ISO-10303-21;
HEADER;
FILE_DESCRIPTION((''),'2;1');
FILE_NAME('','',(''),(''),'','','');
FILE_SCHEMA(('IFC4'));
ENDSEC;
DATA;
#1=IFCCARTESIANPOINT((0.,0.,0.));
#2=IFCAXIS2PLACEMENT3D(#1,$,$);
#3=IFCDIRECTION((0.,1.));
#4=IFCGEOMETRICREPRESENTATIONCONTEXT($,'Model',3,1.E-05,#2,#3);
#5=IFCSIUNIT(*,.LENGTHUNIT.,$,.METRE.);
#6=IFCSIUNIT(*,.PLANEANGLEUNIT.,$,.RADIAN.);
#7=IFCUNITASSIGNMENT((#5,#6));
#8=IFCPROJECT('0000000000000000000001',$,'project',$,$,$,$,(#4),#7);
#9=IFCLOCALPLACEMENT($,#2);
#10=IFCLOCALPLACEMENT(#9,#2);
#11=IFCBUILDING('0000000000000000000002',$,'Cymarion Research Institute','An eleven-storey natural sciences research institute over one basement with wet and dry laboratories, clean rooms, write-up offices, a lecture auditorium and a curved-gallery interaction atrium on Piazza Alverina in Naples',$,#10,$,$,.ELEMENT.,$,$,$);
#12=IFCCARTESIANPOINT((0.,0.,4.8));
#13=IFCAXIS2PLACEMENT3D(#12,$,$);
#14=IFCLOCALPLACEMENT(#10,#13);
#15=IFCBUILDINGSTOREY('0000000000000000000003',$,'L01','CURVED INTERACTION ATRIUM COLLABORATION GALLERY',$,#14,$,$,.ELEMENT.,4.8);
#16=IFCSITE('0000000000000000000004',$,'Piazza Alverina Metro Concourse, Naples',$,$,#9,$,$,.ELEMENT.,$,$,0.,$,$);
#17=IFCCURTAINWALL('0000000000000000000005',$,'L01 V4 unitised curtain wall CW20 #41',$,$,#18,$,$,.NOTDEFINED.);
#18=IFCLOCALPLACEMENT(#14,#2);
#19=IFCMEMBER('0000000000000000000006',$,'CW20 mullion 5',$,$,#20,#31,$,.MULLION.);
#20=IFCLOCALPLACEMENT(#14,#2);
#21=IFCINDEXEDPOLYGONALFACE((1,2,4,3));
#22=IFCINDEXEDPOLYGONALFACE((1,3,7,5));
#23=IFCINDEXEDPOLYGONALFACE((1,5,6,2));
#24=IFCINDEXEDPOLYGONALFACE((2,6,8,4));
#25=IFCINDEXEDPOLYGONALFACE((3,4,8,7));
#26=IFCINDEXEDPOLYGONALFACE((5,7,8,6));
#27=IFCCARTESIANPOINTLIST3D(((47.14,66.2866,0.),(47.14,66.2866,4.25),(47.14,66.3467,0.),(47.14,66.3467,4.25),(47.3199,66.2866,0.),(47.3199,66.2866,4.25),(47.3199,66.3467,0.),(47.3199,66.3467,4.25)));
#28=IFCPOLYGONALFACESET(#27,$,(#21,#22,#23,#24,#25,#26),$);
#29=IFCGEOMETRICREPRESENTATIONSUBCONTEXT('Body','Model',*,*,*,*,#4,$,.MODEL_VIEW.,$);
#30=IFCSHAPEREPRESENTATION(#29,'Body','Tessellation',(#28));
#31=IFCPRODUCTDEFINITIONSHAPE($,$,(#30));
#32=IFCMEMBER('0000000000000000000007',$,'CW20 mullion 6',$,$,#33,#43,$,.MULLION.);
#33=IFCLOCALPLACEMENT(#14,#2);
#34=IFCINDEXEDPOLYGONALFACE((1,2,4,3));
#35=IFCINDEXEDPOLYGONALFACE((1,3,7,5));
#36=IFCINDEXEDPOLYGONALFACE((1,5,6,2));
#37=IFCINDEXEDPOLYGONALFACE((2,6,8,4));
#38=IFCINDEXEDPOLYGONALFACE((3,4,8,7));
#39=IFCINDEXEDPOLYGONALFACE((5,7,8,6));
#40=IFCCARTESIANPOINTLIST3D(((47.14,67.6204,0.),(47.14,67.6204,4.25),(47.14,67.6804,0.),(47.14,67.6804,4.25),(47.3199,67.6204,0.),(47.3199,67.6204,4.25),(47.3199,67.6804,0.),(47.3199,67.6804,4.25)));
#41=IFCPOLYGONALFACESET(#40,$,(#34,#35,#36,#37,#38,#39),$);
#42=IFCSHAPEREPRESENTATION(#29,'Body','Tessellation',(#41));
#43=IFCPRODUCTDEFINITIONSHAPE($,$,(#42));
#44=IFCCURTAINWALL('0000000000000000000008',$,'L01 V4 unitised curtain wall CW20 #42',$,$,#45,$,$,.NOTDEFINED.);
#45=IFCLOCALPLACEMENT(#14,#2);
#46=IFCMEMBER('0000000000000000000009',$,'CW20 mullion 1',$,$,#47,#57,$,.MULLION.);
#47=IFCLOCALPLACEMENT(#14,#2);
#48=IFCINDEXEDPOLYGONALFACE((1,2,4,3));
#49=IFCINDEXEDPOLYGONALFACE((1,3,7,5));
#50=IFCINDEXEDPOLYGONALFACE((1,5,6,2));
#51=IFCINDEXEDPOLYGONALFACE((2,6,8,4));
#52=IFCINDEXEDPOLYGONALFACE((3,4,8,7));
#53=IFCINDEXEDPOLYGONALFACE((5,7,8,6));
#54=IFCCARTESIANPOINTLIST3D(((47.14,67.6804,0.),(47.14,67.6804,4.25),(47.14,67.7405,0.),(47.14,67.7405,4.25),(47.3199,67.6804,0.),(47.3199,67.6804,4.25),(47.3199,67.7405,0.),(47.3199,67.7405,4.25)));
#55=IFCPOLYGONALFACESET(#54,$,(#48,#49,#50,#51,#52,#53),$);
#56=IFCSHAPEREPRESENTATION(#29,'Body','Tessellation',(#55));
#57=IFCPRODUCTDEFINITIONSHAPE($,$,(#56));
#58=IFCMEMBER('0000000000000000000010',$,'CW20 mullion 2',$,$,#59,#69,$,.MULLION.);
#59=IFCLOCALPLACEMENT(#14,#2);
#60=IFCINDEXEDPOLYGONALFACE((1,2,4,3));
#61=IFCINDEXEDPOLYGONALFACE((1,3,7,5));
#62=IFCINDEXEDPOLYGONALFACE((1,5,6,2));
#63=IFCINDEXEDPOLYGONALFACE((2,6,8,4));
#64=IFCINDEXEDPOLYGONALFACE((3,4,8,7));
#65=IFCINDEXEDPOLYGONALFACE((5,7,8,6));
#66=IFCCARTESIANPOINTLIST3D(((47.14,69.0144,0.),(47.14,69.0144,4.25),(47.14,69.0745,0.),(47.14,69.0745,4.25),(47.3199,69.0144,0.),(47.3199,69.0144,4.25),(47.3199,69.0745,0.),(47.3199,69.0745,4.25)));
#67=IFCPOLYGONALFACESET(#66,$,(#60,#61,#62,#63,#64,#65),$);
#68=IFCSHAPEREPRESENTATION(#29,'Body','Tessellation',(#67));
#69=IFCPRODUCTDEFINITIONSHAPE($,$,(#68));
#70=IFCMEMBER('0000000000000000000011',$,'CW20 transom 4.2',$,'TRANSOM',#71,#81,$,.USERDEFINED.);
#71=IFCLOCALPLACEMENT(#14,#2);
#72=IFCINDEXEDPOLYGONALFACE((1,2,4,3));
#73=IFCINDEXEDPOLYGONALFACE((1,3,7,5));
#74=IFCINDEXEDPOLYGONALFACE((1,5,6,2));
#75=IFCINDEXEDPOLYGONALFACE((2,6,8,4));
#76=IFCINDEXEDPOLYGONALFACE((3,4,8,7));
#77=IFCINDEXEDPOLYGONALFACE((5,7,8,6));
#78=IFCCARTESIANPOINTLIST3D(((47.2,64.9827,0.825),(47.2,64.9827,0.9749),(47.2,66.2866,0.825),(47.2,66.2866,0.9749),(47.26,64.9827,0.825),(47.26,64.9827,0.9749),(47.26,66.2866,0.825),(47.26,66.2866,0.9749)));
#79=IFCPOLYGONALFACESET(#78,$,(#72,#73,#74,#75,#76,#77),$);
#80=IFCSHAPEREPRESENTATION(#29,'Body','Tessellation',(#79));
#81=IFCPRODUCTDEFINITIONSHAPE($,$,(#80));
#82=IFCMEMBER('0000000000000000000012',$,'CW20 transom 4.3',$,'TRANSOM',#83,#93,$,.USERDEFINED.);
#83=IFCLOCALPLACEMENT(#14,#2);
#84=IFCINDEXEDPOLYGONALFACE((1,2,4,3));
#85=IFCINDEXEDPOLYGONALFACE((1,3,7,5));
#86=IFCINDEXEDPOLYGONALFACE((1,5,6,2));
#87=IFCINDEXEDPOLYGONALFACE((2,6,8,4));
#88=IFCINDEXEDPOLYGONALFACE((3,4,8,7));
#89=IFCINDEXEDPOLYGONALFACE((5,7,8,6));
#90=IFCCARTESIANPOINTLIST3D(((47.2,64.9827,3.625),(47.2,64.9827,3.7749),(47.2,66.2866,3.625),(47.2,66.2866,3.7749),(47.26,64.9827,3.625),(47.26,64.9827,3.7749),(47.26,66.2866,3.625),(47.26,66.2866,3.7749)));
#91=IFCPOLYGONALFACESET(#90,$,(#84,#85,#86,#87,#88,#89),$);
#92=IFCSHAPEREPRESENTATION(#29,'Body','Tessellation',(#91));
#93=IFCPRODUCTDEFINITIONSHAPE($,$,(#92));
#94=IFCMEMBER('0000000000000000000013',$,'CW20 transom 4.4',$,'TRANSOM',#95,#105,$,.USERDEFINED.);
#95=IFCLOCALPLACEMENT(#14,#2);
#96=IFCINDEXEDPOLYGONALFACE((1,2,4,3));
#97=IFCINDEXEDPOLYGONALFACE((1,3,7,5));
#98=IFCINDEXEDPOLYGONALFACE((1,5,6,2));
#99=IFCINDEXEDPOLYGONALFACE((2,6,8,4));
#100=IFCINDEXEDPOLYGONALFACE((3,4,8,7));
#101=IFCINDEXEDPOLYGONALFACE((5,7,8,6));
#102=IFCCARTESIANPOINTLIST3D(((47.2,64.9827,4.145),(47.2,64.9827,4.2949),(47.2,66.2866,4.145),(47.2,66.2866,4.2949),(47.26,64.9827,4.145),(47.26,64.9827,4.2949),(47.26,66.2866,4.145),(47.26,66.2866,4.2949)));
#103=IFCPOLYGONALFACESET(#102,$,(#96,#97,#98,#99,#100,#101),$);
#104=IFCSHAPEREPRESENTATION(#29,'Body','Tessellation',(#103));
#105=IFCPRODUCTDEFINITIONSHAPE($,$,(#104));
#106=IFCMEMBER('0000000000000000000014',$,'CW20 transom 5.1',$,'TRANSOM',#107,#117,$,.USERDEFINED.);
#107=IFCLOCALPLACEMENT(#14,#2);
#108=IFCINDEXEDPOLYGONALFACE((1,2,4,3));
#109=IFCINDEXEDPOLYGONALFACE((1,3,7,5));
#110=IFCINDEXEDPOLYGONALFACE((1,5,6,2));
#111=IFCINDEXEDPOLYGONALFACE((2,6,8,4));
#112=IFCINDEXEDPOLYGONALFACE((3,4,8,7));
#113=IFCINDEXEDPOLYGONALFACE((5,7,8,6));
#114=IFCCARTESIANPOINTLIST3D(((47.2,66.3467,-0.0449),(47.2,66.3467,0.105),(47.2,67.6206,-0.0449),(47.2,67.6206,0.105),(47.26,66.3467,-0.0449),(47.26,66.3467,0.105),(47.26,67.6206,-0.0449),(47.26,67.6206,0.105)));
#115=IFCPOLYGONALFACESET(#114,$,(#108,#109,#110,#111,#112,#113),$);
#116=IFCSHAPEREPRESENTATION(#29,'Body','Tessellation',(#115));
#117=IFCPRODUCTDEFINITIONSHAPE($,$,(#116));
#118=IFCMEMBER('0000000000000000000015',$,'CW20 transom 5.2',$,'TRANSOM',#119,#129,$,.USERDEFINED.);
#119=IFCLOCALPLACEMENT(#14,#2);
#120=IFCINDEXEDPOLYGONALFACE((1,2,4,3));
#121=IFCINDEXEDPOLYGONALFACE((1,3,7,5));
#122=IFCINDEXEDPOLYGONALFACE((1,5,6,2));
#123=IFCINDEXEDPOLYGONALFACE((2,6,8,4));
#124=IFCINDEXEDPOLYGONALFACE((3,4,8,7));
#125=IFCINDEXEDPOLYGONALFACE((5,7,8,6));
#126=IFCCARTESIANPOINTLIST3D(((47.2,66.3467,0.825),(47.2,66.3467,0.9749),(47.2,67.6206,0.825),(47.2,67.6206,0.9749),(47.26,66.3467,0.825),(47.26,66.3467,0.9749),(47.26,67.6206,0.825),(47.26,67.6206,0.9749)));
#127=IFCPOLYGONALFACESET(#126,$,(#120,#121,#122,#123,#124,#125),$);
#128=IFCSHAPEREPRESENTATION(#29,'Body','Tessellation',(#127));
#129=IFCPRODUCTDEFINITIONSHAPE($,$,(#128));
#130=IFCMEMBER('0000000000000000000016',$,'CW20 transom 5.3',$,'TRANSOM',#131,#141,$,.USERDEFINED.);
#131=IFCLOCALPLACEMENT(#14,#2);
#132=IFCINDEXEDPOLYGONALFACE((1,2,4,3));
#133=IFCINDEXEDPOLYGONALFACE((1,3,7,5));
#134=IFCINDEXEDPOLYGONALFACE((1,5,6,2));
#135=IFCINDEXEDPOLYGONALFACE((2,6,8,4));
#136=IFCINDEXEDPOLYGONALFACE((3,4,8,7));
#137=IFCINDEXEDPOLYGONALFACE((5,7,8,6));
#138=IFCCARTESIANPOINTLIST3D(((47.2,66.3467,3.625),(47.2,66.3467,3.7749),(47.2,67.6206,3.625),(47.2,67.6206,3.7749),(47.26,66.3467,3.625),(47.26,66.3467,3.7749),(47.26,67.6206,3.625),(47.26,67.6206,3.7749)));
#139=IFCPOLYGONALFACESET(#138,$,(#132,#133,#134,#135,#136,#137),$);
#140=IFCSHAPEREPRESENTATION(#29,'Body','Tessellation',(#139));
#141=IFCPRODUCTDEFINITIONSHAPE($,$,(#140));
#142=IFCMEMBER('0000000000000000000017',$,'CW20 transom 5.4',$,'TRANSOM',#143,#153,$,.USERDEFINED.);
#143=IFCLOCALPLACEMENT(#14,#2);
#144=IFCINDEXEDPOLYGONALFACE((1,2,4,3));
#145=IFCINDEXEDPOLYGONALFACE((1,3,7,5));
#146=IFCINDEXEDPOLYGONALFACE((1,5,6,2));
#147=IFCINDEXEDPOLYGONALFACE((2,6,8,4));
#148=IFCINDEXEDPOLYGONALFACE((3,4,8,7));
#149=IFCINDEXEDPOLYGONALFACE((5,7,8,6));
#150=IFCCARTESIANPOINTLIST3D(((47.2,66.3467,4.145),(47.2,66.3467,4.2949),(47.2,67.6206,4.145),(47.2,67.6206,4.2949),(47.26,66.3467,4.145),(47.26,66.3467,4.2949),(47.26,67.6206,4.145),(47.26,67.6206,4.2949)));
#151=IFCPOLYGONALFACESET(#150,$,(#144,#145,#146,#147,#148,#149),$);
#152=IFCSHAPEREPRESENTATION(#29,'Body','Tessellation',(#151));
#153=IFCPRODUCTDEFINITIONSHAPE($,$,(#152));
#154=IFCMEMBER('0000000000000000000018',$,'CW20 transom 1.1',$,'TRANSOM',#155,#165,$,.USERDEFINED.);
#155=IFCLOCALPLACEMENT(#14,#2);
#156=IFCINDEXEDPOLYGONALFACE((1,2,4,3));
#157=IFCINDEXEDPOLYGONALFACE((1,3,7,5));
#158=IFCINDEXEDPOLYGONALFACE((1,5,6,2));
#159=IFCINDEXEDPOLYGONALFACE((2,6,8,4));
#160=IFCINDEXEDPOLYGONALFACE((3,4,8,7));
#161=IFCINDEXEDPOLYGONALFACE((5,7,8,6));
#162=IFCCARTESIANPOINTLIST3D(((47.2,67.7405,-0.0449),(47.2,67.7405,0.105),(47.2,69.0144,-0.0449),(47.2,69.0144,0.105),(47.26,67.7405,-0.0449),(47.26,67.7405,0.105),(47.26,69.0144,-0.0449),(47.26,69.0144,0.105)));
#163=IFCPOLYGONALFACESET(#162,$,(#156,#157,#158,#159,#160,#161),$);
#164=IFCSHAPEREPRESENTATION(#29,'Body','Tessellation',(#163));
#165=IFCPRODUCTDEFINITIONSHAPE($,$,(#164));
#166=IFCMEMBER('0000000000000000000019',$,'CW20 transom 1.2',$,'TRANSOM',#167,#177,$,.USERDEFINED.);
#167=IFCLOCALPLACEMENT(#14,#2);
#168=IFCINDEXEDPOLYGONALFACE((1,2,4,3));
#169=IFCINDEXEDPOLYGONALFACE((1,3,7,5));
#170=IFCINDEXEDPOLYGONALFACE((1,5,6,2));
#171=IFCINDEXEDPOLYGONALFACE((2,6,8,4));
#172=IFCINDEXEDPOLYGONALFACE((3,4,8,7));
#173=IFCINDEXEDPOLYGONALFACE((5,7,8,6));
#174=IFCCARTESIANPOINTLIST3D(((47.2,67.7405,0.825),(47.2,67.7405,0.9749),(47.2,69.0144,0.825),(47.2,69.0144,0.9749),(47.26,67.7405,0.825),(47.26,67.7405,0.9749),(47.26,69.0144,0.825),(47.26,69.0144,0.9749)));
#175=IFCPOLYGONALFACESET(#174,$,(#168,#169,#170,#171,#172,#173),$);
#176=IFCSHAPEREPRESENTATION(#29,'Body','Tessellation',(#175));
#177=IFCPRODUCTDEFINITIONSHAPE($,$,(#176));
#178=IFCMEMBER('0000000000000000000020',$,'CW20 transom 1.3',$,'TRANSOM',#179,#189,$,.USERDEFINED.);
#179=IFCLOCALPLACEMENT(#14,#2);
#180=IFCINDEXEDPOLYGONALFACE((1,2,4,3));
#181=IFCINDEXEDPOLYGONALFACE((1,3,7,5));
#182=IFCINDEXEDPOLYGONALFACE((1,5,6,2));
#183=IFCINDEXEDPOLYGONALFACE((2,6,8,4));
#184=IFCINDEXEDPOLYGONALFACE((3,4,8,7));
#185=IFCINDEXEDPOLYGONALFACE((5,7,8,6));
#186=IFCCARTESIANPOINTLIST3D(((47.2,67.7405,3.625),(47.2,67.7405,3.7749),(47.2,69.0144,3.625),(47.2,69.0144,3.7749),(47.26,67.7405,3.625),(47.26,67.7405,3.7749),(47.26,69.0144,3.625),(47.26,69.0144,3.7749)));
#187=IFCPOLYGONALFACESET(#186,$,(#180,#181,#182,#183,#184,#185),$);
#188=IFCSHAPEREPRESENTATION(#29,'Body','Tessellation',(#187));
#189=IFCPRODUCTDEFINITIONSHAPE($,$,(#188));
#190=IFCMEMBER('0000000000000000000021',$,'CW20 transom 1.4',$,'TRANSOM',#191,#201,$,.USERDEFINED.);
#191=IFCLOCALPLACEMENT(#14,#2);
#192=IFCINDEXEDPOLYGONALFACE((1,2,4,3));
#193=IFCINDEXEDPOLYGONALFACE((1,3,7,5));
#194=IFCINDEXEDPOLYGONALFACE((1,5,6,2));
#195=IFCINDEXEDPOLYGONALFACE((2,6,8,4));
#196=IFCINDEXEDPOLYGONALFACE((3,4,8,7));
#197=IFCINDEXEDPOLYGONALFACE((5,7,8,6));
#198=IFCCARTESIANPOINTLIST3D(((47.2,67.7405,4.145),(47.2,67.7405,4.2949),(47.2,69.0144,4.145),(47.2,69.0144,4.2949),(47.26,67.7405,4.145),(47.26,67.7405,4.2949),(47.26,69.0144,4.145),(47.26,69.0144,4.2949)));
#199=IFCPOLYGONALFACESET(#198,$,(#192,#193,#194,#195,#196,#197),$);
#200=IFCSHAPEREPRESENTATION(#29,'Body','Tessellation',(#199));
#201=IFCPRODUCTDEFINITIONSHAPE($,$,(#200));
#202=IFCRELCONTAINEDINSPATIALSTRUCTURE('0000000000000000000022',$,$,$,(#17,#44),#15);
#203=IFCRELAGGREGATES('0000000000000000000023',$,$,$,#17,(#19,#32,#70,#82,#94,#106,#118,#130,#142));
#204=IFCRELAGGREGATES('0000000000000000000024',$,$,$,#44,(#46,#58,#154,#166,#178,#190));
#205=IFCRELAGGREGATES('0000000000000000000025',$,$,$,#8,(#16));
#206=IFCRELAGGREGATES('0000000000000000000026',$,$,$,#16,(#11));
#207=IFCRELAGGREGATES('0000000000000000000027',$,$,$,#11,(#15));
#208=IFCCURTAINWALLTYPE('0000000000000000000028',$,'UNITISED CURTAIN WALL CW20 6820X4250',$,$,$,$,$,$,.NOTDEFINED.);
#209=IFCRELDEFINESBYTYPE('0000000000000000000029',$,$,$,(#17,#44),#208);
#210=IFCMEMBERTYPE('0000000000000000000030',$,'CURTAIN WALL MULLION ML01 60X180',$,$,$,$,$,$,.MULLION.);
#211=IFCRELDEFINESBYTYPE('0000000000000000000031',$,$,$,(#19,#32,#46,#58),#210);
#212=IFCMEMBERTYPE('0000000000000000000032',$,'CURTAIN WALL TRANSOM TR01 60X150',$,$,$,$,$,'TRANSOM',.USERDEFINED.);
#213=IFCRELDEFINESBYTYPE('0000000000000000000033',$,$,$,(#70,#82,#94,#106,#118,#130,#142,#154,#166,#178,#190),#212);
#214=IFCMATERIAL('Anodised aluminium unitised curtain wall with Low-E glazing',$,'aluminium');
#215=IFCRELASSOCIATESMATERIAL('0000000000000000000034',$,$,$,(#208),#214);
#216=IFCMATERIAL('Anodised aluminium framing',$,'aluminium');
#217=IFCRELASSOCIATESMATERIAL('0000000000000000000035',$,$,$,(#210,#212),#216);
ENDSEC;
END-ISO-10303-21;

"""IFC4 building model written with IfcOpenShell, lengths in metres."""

from ifc_helpers import new_model, si_unit, direction, frame, origin, origin_2d, place, context, subcontext, project, spatial, rectangle, extrude, material, material_profile, profile_set, type_object, element, aggregate, save


model = new_model("IFC4")

# Units and contexts
model_context = context("Model", 3, precision=1e-05, world=origin(), true_north=direction((0.0, 1.0)))
body_context = subcontext(model_context, "Body", "Model", "MODEL_VIEW")
ifc_project = project(units=[si_unit("LENGTHUNIT", "METRE"), si_unit("PLANEANGLEUNIT", "RADIAN")], contexts=[model_context])

# Site, building, storey
site_placement = place(None, origin())
site = spatial("IfcSite", under=ifc_project, at=site_placement, Name="Piazza Alverina Metro Concourse, Naples", CompositionType="ELEMENT", RefElevation=0.0)
building_placement = place(site_placement, origin())
building = spatial("IfcBuilding", under=site, at=building_placement, Name="Cymarion Research Institute", Description="An eleven-storey natural sciences research institute over one basement with wet and dry laboratories, clean rooms, write-up offices, a lecture auditorium and a curved-gallery interaction atrium on Piazza Alverina in Naples", CompositionType="ELEMENT")
storey_placement = place(building_placement, frame((0.0, 0.0, 4.8)))
storey = spatial("IfcBuildingStorey", under=building, at=storey_placement, Name="L01", Description="CURVED INTERACTION ATRIUM COLLABORATION GALLERY", CompositionType="ELEMENT", Elevation=4.8)

# Curtain walls, members
ifc_material_1 = material(Name="Anodised aluminium unitised curtain wall with Low-E glazing", Category="aluminium")
curtain_wall_type = type_object("IfcCurtainWallType", Name="UNITISED CURTAIN WALL CW20 6820X4250", PredefinedType="NOTDEFINED", material=ifc_material_1)
curtain_wall_1_placement = place(storey_placement, origin())
curtain_wall_1 = element("IfcCurtainWall", 1, at=curtain_wall_1_placement, inside=storey, type_object=curtain_wall_type, Name="L01 V4 unitised curtain wall CW20 #41", PredefinedType="NOTDEFINED")
ifc_material_2 = material(Name="Anodised aluminium framing", Category="aluminium")
ifc_material_profile_1 = material_profile(ifc_material_2, rectangle(XDim=0.0601, YDim=0.1799, at=origin_2d()), Name="ALU MULLION 60x180")
ifc_profile_set_1 = profile_set([ifc_material_profile_1], Name="Anodised aluminium framing")
member_type_1 = type_object("IfcMemberType", Name="CURTAIN WALL MULLION ML01 60X180", PredefinedType="MULLION", material=ifc_profile_set_1)
member_1_placement = place(storey_placement, frame((47.23, 66.3167, 0.0), z_axis=(0.0, 0.0, 1.0), x_axis=(0.0, 1.0, 0.0)))
member_1 = element("IfcMember", 2, at=member_1_placement, type_object=member_type_1, Name="CW20 mullion 5", PredefinedType="MULLION", context=body_context, shape_type="SweptSolid", body=[
    extrude(rectangle(XDim=0.0601, YDim=0.1799, at=origin_2d()), origin(), (0.0, 0.0, 1.0), 4.25),
])
member_2_placement = place(storey_placement, frame((47.23, 67.6504, 0.0), z_axis=(0.0, 0.0, 1.0), x_axis=(0.0, 1.0, 0.0)))
member_2 = element("IfcMember", 3, at=member_2_placement, type_object=member_type_1, Name="CW20 mullion 6", PredefinedType="MULLION", context=body_context, shape_type="SweptSolid", body=[
    extrude(rectangle(XDim=0.0601, YDim=0.1799, at=origin_2d()), origin(), (0.0, 0.0, 1.0), 4.25),
])
curtain_wall_2_placement = place(storey_placement, origin())
curtain_wall_2 = element("IfcCurtainWall", 4, at=curtain_wall_2_placement, inside=storey, type_object=curtain_wall_type, Name="L01 V4 unitised curtain wall CW20 #42", PredefinedType="NOTDEFINED")
member_3_placement = place(storey_placement, frame((47.23, 67.7104, 0.0), z_axis=(0.0, 0.0, 1.0), x_axis=(0.0, 1.0, 0.0)))
member_3 = element("IfcMember", 5, at=member_3_placement, type_object=member_type_1, Name="CW20 mullion 1", PredefinedType="MULLION", context=body_context, shape_type="SweptSolid", body=[
    extrude(rectangle(XDim=0.0601, YDim=0.1799, at=origin_2d()), origin(), (0.0, 0.0, 1.0), 4.25),
])
member_4_placement = place(storey_placement, frame((47.23, 69.0444, 0.0), z_axis=(0.0, 0.0, 1.0), x_axis=(0.0, 1.0, 0.0)))
member_4 = element("IfcMember", 6, at=member_4_placement, type_object=member_type_1, Name="CW20 mullion 2", PredefinedType="MULLION", context=body_context, shape_type="SweptSolid", body=[
    extrude(rectangle(XDim=0.0601, YDim=0.1799, at=origin_2d()), origin(), (0.0, 0.0, 1.0), 4.25),
])

# Members
ifc_material_profile_2 = material_profile(ifc_material_2, rectangle(XDim=0.0601, YDim=0.1499, at=origin_2d()), Name="ALU TRANSOM 60x150")
ifc_profile_set_2 = profile_set([ifc_material_profile_2], Name="Anodised aluminium framing")
member_type_2 = type_object("IfcMemberType", Name="CURTAIN WALL TRANSOM TR01 60X150", ElementType="TRANSOM", PredefinedType="USERDEFINED", material=ifc_profile_set_2)
member_5_placement = place(storey_placement, frame((47.23, 64.9827, 0.8999), z_axis=(0.0, 1.0, 0.0), x_axis=(-1.0, 0.0, 0.0)))
member_5 = element("IfcMember", 7, at=member_5_placement, type_object=member_type_2, Name="CW20 transom 4.2", ObjectType="TRANSOM", PredefinedType="USERDEFINED", context=body_context, shape_type="SweptSolid", body=[
    extrude(rectangle(XDim=0.0601, YDim=0.1499, at=origin_2d()), origin(), (0.0, 0.0, 1.0), 1.304),
])
member_6_placement = place(storey_placement, frame((47.23, 64.9827, 3.7), z_axis=(0.0, 1.0, 0.0), x_axis=(-1.0, 0.0, 0.0)))
member_6 = element("IfcMember", 8, at=member_6_placement, type_object=member_type_2, Name="CW20 transom 4.3", ObjectType="TRANSOM", PredefinedType="USERDEFINED", context=body_context, shape_type="SweptSolid", body=[
    extrude(rectangle(XDim=0.0601, YDim=0.1499, at=origin_2d()), origin(), (0.0, 0.0, 1.0), 1.304),
])
member_7_placement = place(storey_placement, frame((47.23, 64.9827, 4.22), z_axis=(0.0, 1.0, 0.0), x_axis=(-1.0, 0.0, 0.0)))
member_7 = element("IfcMember", 9, at=member_7_placement, type_object=member_type_2, Name="CW20 transom 4.4", ObjectType="TRANSOM", PredefinedType="USERDEFINED", context=body_context, shape_type="SweptSolid", body=[
    extrude(rectangle(XDim=0.0601, YDim=0.1499, at=origin_2d()), origin(), (0.0, 0.0, 1.0), 1.304),
])
member_8_placement = place(storey_placement, frame((47.23, 66.3467, 0.03), z_axis=(0.0, 1.0, 0.0), x_axis=(-1.0, 0.0, 0.0)))
member_8 = element("IfcMember", 10, at=member_8_placement, type_object=member_type_2, Name="CW20 transom 5.1", ObjectType="TRANSOM", PredefinedType="USERDEFINED", context=body_context, shape_type="SweptSolid", body=[
    extrude(rectangle(XDim=0.0601, YDim=0.1499, at=origin_2d()), origin(), (0.0, 0.0, 1.0), 1.2739),
])
member_9_placement = place(storey_placement, frame((47.23, 66.3467, 0.8999), z_axis=(0.0, 1.0, 0.0), x_axis=(-1.0, 0.0, 0.0)))
member_9 = element("IfcMember", 11, at=member_9_placement, type_object=member_type_2, Name="CW20 transom 5.2", ObjectType="TRANSOM", PredefinedType="USERDEFINED", context=body_context, shape_type="SweptSolid", body=[
    extrude(rectangle(XDim=0.0601, YDim=0.1499, at=origin_2d()), origin(), (0.0, 0.0, 1.0), 1.2739),
])
member_10_placement = place(storey_placement, frame((47.23, 66.3467, 3.7), z_axis=(0.0, 1.0, 0.0), x_axis=(-1.0, 0.0, 0.0)))
member_10 = element("IfcMember", 12, at=member_10_placement, type_object=member_type_2, Name="CW20 transom 5.3", ObjectType="TRANSOM", PredefinedType="USERDEFINED", context=body_context, shape_type="SweptSolid", body=[
    extrude(rectangle(XDim=0.0601, YDim=0.1499, at=origin_2d()), origin(), (0.0, 0.0, 1.0), 1.2739),
])
member_11_placement = place(storey_placement, frame((47.23, 66.3467, 4.22), z_axis=(0.0, 1.0, 0.0), x_axis=(-1.0, 0.0, 0.0)))
member_11 = element("IfcMember", 13, at=member_11_placement, type_object=member_type_2, Name="CW20 transom 5.4", ObjectType="TRANSOM", PredefinedType="USERDEFINED", context=body_context, shape_type="SweptSolid", body=[
    extrude(rectangle(XDim=0.0601, YDim=0.1499, at=origin_2d()), origin(), (0.0, 0.0, 1.0), 1.2739),
])
member_12_placement = place(storey_placement, frame((47.23, 67.7405, 0.03), z_axis=(0.0, 1.0, 0.0), x_axis=(-1.0, 0.0, 0.0)))
member_12 = element("IfcMember", 14, at=member_12_placement, type_object=member_type_2, Name="CW20 transom 1.1", ObjectType="TRANSOM", PredefinedType="USERDEFINED", context=body_context, shape_type="SweptSolid", body=[
    extrude(rectangle(XDim=0.0601, YDim=0.1499, at=origin_2d()), origin(), (0.0, 0.0, 1.0), 1.2739),
])
member_13_placement = place(storey_placement, frame((47.23, 67.7405, 0.8999), z_axis=(0.0, 1.0, 0.0), x_axis=(-1.0, 0.0, 0.0)))
member_13 = element("IfcMember", 15, at=member_13_placement, type_object=member_type_2, Name="CW20 transom 1.2", ObjectType="TRANSOM", PredefinedType="USERDEFINED", context=body_context, shape_type="SweptSolid", body=[
    extrude(rectangle(XDim=0.0601, YDim=0.1499, at=origin_2d()), origin(), (0.0, 0.0, 1.0), 1.2739),
])
member_14_placement = place(storey_placement, frame((47.23, 67.7405, 3.7), z_axis=(0.0, 1.0, 0.0), x_axis=(-1.0, 0.0, 0.0)))
member_14 = element("IfcMember", 16, at=member_14_placement, type_object=member_type_2, Name="CW20 transom 1.3", ObjectType="TRANSOM", PredefinedType="USERDEFINED", context=body_context, shape_type="SweptSolid", body=[
    extrude(rectangle(XDim=0.0601, YDim=0.1499, at=origin_2d()), origin(), (0.0, 0.0, 1.0), 1.2739),
])
member_15_placement = place(storey_placement, frame((47.23, 67.7405, 4.22), z_axis=(0.0, 1.0, 0.0), x_axis=(-1.0, 0.0, 0.0)))
member_15 = element("IfcMember", 17, at=member_15_placement, type_object=member_type_2, Name="CW20 transom 1.4", ObjectType="TRANSOM", PredefinedType="USERDEFINED", context=body_context, shape_type="SweptSolid", body=[
    extrude(rectangle(XDim=0.0601, YDim=0.1499, at=origin_2d()), origin(), (0.0, 0.0, 1.0), 1.2739),
])

aggregate(curtain_wall_1, [member_1, member_2, member_5, member_6, member_7, member_8, member_9, member_10, member_11])
aggregate(curtain_wall_2, [member_3, member_4, member_12, member_13, member_14, member_15])

save(model, "model.ifc")
